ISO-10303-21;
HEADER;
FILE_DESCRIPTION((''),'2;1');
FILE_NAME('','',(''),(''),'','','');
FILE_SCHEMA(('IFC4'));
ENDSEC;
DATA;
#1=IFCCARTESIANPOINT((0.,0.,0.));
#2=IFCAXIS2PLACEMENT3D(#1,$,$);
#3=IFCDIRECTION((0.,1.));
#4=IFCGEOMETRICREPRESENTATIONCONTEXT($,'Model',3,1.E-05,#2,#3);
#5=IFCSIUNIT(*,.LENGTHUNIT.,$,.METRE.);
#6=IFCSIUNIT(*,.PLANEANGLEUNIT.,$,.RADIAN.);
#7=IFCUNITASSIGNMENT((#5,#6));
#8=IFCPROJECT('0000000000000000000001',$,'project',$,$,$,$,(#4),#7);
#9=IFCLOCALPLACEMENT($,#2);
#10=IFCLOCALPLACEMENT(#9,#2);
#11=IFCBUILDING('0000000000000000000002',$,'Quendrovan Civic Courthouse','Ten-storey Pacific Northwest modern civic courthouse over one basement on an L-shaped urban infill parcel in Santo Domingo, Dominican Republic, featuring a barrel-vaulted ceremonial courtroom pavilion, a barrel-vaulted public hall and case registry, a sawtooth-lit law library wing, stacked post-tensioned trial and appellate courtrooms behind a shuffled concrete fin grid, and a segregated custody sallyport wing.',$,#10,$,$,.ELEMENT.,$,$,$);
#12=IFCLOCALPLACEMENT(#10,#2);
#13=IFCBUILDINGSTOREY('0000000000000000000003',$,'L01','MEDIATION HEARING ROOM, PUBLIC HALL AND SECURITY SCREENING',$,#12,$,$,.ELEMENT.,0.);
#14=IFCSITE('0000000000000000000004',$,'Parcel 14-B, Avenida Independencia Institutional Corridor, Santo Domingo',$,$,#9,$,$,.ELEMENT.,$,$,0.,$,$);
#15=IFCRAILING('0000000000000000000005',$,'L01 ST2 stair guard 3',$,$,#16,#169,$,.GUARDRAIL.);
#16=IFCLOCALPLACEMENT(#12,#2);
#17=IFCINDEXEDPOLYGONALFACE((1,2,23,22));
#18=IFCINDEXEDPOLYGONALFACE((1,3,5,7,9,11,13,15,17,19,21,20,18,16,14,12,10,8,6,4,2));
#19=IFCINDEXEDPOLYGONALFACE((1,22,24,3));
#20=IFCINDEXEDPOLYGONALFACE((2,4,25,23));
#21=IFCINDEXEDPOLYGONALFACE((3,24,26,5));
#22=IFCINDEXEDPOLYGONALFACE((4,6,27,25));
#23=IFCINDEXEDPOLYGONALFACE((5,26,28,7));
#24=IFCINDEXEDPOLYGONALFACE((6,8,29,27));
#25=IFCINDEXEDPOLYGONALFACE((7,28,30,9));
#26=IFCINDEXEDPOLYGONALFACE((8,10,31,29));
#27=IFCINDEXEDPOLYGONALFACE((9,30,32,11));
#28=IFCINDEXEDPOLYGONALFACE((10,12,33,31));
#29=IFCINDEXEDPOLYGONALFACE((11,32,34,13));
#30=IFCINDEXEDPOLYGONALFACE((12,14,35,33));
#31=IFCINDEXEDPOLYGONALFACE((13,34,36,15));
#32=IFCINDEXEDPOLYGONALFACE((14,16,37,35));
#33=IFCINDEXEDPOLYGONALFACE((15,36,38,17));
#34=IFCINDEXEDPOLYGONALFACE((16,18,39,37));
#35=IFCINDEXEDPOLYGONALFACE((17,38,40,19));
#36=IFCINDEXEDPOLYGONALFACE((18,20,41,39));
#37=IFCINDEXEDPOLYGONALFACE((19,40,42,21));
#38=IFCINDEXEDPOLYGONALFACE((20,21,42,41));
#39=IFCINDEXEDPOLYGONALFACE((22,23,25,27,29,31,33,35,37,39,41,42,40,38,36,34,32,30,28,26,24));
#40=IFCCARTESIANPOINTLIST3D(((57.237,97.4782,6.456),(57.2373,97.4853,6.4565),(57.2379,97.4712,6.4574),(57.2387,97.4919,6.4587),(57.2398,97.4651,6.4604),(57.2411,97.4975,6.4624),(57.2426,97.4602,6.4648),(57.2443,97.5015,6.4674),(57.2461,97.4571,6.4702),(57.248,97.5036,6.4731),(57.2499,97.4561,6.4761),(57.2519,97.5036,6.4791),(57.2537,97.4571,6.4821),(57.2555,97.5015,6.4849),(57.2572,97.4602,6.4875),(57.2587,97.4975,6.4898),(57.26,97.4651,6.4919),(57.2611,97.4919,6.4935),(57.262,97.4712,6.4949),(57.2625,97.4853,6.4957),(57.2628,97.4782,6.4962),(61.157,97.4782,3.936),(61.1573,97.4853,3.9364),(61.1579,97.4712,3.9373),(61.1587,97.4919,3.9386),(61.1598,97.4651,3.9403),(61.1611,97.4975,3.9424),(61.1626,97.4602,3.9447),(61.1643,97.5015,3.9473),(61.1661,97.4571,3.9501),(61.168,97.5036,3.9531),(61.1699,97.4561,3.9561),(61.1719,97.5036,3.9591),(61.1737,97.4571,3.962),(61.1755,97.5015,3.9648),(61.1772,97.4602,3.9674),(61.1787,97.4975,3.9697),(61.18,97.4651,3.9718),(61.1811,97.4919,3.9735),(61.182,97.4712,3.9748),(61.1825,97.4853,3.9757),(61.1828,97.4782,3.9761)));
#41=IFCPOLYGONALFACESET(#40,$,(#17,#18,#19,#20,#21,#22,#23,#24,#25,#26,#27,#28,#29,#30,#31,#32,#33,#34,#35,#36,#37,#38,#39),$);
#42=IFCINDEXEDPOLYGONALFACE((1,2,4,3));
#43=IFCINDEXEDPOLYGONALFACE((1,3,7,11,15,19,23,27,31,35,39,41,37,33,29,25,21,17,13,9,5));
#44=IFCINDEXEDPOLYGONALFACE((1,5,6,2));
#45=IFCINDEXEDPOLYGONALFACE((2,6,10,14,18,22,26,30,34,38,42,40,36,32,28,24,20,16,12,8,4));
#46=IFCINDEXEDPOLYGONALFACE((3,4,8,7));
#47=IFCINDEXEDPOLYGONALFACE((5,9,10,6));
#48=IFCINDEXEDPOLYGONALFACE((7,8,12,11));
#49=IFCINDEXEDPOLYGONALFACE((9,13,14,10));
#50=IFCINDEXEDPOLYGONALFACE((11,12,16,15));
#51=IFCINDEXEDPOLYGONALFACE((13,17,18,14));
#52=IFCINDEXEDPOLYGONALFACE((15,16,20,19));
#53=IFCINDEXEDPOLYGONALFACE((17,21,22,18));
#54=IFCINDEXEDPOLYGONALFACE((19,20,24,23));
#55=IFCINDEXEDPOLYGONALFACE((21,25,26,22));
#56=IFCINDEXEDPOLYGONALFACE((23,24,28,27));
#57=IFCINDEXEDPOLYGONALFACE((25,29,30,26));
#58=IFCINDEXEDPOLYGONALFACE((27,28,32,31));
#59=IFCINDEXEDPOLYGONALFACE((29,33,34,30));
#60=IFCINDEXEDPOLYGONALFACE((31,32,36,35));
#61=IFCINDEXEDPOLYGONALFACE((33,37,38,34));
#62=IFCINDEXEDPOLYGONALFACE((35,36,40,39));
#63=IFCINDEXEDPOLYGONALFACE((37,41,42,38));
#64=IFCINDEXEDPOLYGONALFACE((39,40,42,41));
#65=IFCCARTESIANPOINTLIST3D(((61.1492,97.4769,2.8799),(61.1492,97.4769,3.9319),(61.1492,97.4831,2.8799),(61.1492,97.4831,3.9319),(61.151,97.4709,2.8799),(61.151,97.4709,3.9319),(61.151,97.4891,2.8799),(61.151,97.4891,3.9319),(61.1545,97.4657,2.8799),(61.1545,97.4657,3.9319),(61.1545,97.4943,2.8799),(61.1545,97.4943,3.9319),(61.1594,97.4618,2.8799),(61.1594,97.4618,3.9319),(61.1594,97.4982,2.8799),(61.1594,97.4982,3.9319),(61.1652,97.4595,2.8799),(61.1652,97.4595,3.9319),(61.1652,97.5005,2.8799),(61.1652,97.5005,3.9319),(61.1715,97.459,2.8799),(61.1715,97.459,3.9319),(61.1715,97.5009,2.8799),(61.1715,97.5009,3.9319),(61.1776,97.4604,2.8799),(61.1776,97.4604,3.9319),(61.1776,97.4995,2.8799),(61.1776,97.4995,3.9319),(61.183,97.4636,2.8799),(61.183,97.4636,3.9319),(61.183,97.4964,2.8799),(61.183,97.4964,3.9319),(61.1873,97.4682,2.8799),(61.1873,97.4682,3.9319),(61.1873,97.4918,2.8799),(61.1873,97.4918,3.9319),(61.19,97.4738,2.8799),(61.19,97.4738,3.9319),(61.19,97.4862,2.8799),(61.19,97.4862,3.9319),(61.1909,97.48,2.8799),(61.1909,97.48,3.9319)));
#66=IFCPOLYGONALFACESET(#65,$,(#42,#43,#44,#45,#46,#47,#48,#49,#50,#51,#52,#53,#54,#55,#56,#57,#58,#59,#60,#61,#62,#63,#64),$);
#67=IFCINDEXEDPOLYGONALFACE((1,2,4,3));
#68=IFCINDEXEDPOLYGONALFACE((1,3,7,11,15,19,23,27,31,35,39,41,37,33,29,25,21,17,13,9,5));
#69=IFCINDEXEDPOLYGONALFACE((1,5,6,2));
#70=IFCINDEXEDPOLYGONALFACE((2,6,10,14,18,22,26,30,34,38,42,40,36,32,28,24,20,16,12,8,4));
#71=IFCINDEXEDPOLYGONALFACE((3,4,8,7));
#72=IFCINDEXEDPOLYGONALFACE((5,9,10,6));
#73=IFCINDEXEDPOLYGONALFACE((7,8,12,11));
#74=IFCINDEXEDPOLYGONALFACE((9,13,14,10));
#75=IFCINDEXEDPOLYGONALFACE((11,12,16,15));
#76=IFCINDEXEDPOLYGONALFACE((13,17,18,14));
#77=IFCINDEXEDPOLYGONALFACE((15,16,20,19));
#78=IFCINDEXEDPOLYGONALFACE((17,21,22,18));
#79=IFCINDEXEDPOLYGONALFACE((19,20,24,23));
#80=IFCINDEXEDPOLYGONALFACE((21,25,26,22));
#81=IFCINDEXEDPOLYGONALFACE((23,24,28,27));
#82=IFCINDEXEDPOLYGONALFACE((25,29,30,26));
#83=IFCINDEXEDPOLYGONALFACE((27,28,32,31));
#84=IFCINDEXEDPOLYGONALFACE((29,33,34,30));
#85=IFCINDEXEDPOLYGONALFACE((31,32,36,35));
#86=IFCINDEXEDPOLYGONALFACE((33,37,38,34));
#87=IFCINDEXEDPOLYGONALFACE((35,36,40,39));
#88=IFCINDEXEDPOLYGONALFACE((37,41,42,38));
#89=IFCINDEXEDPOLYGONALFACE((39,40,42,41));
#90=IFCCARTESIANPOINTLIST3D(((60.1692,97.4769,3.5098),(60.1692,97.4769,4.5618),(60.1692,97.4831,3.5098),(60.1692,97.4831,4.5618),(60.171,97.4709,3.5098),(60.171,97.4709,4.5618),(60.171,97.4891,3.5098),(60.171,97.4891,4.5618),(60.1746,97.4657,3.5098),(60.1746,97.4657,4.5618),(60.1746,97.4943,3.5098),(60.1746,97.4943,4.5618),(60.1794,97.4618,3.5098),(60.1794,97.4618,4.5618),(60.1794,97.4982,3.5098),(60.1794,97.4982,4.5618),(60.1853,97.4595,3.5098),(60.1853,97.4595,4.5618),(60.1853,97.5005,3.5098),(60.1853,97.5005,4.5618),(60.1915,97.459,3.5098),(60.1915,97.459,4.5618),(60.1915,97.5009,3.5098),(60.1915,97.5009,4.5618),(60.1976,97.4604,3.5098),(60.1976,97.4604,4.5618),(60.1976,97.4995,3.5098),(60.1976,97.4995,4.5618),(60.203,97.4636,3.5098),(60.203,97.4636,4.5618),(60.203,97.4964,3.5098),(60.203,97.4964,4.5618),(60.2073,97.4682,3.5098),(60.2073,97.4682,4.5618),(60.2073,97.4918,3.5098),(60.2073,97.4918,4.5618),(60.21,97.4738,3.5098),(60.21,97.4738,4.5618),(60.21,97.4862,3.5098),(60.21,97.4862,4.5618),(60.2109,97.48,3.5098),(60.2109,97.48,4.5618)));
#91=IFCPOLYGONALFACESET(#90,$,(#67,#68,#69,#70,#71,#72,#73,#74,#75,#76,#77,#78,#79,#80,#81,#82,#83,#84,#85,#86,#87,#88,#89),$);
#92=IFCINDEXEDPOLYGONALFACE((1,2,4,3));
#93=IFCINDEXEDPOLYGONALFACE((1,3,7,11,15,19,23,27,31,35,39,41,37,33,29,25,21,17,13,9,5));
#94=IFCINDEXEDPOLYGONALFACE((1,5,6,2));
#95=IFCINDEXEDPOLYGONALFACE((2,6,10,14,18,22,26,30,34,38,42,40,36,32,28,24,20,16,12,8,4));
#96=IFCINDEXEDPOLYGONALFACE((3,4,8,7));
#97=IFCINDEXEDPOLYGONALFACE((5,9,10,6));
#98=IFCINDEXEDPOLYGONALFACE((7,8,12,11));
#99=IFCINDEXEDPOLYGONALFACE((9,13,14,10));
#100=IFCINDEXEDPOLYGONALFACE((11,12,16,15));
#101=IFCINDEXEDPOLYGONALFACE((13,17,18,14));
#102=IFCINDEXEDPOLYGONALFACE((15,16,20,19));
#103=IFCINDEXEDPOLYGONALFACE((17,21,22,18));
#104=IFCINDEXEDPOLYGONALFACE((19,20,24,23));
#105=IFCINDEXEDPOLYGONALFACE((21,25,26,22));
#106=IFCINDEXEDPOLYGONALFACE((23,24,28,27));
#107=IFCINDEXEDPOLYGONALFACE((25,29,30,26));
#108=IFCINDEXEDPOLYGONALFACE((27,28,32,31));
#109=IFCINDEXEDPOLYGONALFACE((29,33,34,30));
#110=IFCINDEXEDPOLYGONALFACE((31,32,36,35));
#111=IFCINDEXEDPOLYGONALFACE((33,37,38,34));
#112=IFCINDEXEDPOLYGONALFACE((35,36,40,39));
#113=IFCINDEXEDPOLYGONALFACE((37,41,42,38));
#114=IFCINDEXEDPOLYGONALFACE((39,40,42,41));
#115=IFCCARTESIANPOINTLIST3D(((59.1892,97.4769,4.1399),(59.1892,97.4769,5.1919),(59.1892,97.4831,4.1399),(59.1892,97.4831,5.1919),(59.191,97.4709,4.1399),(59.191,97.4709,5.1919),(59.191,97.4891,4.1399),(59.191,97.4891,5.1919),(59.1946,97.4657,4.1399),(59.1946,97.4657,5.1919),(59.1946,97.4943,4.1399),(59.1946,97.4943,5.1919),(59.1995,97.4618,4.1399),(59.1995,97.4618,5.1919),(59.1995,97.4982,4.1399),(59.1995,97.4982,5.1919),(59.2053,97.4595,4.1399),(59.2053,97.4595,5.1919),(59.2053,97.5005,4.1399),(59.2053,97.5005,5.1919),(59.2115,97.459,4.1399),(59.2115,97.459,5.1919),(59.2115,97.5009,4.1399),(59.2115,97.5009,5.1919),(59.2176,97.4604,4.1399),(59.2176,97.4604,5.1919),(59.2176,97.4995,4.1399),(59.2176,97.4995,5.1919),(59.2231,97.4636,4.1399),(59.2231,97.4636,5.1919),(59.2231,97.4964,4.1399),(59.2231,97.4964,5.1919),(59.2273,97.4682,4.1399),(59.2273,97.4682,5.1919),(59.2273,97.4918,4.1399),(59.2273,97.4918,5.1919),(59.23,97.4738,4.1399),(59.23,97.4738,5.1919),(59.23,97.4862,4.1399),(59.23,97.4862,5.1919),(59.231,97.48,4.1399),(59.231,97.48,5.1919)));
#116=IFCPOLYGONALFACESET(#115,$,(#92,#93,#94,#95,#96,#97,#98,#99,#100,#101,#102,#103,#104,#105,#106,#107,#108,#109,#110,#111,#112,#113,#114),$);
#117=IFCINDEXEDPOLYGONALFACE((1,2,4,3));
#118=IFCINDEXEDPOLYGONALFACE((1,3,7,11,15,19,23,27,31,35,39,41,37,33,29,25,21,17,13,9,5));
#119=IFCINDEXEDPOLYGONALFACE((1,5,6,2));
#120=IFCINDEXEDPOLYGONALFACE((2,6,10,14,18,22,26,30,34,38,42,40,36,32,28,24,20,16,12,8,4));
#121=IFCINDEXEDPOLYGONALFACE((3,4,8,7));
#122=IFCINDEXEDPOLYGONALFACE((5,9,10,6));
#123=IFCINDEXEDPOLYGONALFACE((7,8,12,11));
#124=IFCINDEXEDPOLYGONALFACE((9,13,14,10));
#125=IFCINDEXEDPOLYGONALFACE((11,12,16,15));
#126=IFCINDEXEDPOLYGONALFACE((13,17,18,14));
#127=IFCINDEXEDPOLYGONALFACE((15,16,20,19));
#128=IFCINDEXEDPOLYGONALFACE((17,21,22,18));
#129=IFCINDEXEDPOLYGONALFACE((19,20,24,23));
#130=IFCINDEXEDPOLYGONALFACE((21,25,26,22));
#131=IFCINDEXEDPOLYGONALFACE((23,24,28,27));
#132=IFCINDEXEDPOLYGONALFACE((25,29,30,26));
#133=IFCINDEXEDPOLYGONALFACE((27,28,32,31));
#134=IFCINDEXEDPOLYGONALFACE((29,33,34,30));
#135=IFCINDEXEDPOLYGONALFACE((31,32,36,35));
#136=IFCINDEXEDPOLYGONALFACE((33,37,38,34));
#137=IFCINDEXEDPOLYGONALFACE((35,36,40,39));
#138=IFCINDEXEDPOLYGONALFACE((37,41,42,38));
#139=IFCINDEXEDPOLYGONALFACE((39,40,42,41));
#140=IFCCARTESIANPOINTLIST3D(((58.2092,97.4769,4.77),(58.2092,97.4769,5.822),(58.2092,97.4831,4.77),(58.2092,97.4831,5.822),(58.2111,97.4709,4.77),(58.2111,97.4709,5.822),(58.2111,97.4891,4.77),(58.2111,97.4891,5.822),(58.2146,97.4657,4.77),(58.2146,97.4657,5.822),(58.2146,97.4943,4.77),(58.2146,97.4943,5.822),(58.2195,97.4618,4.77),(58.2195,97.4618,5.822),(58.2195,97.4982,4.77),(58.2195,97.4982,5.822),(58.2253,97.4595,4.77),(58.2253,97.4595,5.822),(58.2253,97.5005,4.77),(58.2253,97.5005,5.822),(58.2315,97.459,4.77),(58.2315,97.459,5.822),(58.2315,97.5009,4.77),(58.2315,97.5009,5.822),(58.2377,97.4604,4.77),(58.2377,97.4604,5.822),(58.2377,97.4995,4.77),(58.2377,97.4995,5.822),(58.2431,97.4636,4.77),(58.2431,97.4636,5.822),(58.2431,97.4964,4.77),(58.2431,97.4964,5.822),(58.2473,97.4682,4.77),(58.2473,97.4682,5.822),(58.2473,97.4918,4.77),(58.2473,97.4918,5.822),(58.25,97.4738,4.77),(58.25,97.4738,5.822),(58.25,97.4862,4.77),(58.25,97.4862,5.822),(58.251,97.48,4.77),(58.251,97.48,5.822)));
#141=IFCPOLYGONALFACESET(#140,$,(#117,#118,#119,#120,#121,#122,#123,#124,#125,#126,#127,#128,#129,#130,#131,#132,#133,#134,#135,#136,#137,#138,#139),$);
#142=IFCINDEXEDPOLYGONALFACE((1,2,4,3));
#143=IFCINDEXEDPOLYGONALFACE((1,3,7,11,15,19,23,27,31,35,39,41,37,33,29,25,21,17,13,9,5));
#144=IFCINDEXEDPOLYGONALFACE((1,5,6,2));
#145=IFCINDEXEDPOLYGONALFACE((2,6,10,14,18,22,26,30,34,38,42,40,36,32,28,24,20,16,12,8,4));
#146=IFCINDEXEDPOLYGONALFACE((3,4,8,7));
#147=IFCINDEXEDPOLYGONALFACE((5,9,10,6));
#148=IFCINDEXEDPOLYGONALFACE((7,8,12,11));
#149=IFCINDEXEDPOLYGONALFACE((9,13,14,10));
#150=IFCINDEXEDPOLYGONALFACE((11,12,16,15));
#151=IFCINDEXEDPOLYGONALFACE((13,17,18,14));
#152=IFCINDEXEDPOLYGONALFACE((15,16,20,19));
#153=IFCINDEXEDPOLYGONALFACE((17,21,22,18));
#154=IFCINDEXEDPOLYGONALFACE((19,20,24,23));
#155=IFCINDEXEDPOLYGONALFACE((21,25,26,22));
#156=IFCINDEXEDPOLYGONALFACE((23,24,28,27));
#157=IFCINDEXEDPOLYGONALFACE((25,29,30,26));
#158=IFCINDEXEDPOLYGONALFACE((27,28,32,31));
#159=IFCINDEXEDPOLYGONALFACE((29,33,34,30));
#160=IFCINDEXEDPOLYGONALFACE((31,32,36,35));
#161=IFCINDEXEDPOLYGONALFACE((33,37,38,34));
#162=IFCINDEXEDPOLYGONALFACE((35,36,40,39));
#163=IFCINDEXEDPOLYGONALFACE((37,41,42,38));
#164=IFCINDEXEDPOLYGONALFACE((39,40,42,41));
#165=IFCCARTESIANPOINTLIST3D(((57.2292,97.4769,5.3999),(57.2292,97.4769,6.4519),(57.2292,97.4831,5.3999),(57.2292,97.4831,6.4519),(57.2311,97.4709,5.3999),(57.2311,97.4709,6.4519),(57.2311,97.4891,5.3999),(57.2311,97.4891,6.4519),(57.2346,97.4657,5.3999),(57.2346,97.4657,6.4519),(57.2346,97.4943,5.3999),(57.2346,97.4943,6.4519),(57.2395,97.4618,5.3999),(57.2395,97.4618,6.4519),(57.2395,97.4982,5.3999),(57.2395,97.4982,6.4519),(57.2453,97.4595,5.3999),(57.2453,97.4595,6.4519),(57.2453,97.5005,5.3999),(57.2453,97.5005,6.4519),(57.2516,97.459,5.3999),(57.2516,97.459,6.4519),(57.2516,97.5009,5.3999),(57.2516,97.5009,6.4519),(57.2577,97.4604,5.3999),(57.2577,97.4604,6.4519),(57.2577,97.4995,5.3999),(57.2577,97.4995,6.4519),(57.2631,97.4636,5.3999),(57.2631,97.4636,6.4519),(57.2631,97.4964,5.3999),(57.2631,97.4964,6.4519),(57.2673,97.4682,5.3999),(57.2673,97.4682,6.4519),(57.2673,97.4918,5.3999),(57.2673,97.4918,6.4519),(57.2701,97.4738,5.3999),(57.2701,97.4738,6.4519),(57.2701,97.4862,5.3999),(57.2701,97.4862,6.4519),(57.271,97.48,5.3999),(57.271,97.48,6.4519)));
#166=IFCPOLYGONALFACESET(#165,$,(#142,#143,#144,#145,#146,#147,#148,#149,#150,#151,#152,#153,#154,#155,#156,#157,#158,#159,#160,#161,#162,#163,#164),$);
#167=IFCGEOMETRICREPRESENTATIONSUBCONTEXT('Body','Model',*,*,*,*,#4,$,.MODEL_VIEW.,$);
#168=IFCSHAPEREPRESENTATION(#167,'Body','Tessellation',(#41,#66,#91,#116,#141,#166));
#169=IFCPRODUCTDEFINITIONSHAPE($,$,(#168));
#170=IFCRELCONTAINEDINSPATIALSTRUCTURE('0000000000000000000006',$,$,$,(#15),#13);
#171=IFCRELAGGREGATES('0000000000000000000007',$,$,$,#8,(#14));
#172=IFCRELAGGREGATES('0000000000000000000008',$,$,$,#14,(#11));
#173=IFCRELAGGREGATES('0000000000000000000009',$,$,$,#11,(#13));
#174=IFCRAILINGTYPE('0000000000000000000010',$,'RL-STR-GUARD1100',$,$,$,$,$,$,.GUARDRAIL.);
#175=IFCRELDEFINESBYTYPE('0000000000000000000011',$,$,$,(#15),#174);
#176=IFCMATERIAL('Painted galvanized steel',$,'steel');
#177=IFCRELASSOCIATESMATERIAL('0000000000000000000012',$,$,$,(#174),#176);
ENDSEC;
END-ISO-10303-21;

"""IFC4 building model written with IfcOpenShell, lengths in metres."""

from ifc_helpers import new_model, si_unit, direction, frame, origin, origin_2d, place, context, subcontext, project, spatial, circle, extrude, material, type_object, element, save


model = new_model("IFC4")

# Units and contexts
model_context = context("Model", 3, precision=1e-05, world=origin(), true_north=direction((0.0, 1.0)))
body_context = subcontext(model_context, "Body", "Model", "MODEL_VIEW")
ifc_project = project(units=[si_unit("LENGTHUNIT", "METRE"), si_unit("PLANEANGLEUNIT", "RADIAN")], contexts=[model_context])

# Site, building, storey
site_placement = place(None, origin())
site = spatial("IfcSite", under=ifc_project, at=site_placement, Name="Parcel 14-B, Avenida Independencia Institutional Corridor, Santo Domingo", CompositionType="ELEMENT", RefElevation=0.0)
building_placement = place(site_placement, origin())
building = spatial("IfcBuilding", under=site, at=building_placement, Name="Quendrovan Civic Courthouse", Description="Ten-storey Pacific Northwest modern civic courthouse over one basement on an L-shaped urban infill parcel in Santo Domingo, Dominican Republic, featuring a barrel-vaulted ceremonial courtroom pavilion, a barrel-vaulted public hall and case registry, a sawtooth-lit law library wing, stacked post-tensioned trial and appellate courtrooms behind a shuffled concrete fin grid, and a segregated custody sallyport wing.", CompositionType="ELEMENT")
storey_placement = place(building_placement, origin())
storey = spatial("IfcBuildingStorey", under=building, at=storey_placement, Name="L01", Description="MEDIATION HEARING ROOM, PUBLIC HALL AND SECURITY SCREENING", CompositionType="ELEMENT", Elevation=0.0)

# Railing
ifc_material_1 = material(Name="Painted galvanized steel", Category="steel")
railing_type_1 = type_object("IfcRailingType", Name="RL-STR-GUARD1100", PredefinedType="GUARDRAIL", material=ifc_material_1)
railing_1_placement = place(storey_placement, frame((61.1699, 97.48, 2.8799)))
element("IfcRailing", 1, at=railing_1_placement, inside=storey, type_object=railing_type_1, Name="L01 ST2 stair guard 3", PredefinedType="GUARDRAIL", context=body_context, shape_type="SweptSolid", body=[
    extrude(circle(Radius=0.0239, at=origin_2d()), frame((0.0, 0.0, 1.0762), z_axis=(-0.841172, 0.0, 0.540768), x_axis=(0.0, -1.0, 0.0)), (0.0, 0.0, 1.0), 4.6602),
    extrude(circle(Radius=0.021, at=origin_2d()), origin(), (0.0, 0.0, 1.0), 1.052),
    extrude(circle(Radius=0.021, at=origin_2d()), frame((-0.98, 0.0, 0.6299)), (0.0, 0.0, 1.0), 1.052),
    extrude(circle(Radius=0.021, at=origin_2d()), frame((-1.96, 0.0, 1.26)), (0.0, 0.0, 1.0), 1.052),
    extrude(circle(Radius=0.021, at=origin_2d()), frame((-2.9399, 0.0, 1.8901)), (0.0, 0.0, 1.0), 1.052),
    extrude(circle(Radius=0.021, at=origin_2d()), frame((-3.9199, 0.0, 2.52)), (0.0, 0.0, 1.0), 1.052),
])

save(model, "model.ifc")
